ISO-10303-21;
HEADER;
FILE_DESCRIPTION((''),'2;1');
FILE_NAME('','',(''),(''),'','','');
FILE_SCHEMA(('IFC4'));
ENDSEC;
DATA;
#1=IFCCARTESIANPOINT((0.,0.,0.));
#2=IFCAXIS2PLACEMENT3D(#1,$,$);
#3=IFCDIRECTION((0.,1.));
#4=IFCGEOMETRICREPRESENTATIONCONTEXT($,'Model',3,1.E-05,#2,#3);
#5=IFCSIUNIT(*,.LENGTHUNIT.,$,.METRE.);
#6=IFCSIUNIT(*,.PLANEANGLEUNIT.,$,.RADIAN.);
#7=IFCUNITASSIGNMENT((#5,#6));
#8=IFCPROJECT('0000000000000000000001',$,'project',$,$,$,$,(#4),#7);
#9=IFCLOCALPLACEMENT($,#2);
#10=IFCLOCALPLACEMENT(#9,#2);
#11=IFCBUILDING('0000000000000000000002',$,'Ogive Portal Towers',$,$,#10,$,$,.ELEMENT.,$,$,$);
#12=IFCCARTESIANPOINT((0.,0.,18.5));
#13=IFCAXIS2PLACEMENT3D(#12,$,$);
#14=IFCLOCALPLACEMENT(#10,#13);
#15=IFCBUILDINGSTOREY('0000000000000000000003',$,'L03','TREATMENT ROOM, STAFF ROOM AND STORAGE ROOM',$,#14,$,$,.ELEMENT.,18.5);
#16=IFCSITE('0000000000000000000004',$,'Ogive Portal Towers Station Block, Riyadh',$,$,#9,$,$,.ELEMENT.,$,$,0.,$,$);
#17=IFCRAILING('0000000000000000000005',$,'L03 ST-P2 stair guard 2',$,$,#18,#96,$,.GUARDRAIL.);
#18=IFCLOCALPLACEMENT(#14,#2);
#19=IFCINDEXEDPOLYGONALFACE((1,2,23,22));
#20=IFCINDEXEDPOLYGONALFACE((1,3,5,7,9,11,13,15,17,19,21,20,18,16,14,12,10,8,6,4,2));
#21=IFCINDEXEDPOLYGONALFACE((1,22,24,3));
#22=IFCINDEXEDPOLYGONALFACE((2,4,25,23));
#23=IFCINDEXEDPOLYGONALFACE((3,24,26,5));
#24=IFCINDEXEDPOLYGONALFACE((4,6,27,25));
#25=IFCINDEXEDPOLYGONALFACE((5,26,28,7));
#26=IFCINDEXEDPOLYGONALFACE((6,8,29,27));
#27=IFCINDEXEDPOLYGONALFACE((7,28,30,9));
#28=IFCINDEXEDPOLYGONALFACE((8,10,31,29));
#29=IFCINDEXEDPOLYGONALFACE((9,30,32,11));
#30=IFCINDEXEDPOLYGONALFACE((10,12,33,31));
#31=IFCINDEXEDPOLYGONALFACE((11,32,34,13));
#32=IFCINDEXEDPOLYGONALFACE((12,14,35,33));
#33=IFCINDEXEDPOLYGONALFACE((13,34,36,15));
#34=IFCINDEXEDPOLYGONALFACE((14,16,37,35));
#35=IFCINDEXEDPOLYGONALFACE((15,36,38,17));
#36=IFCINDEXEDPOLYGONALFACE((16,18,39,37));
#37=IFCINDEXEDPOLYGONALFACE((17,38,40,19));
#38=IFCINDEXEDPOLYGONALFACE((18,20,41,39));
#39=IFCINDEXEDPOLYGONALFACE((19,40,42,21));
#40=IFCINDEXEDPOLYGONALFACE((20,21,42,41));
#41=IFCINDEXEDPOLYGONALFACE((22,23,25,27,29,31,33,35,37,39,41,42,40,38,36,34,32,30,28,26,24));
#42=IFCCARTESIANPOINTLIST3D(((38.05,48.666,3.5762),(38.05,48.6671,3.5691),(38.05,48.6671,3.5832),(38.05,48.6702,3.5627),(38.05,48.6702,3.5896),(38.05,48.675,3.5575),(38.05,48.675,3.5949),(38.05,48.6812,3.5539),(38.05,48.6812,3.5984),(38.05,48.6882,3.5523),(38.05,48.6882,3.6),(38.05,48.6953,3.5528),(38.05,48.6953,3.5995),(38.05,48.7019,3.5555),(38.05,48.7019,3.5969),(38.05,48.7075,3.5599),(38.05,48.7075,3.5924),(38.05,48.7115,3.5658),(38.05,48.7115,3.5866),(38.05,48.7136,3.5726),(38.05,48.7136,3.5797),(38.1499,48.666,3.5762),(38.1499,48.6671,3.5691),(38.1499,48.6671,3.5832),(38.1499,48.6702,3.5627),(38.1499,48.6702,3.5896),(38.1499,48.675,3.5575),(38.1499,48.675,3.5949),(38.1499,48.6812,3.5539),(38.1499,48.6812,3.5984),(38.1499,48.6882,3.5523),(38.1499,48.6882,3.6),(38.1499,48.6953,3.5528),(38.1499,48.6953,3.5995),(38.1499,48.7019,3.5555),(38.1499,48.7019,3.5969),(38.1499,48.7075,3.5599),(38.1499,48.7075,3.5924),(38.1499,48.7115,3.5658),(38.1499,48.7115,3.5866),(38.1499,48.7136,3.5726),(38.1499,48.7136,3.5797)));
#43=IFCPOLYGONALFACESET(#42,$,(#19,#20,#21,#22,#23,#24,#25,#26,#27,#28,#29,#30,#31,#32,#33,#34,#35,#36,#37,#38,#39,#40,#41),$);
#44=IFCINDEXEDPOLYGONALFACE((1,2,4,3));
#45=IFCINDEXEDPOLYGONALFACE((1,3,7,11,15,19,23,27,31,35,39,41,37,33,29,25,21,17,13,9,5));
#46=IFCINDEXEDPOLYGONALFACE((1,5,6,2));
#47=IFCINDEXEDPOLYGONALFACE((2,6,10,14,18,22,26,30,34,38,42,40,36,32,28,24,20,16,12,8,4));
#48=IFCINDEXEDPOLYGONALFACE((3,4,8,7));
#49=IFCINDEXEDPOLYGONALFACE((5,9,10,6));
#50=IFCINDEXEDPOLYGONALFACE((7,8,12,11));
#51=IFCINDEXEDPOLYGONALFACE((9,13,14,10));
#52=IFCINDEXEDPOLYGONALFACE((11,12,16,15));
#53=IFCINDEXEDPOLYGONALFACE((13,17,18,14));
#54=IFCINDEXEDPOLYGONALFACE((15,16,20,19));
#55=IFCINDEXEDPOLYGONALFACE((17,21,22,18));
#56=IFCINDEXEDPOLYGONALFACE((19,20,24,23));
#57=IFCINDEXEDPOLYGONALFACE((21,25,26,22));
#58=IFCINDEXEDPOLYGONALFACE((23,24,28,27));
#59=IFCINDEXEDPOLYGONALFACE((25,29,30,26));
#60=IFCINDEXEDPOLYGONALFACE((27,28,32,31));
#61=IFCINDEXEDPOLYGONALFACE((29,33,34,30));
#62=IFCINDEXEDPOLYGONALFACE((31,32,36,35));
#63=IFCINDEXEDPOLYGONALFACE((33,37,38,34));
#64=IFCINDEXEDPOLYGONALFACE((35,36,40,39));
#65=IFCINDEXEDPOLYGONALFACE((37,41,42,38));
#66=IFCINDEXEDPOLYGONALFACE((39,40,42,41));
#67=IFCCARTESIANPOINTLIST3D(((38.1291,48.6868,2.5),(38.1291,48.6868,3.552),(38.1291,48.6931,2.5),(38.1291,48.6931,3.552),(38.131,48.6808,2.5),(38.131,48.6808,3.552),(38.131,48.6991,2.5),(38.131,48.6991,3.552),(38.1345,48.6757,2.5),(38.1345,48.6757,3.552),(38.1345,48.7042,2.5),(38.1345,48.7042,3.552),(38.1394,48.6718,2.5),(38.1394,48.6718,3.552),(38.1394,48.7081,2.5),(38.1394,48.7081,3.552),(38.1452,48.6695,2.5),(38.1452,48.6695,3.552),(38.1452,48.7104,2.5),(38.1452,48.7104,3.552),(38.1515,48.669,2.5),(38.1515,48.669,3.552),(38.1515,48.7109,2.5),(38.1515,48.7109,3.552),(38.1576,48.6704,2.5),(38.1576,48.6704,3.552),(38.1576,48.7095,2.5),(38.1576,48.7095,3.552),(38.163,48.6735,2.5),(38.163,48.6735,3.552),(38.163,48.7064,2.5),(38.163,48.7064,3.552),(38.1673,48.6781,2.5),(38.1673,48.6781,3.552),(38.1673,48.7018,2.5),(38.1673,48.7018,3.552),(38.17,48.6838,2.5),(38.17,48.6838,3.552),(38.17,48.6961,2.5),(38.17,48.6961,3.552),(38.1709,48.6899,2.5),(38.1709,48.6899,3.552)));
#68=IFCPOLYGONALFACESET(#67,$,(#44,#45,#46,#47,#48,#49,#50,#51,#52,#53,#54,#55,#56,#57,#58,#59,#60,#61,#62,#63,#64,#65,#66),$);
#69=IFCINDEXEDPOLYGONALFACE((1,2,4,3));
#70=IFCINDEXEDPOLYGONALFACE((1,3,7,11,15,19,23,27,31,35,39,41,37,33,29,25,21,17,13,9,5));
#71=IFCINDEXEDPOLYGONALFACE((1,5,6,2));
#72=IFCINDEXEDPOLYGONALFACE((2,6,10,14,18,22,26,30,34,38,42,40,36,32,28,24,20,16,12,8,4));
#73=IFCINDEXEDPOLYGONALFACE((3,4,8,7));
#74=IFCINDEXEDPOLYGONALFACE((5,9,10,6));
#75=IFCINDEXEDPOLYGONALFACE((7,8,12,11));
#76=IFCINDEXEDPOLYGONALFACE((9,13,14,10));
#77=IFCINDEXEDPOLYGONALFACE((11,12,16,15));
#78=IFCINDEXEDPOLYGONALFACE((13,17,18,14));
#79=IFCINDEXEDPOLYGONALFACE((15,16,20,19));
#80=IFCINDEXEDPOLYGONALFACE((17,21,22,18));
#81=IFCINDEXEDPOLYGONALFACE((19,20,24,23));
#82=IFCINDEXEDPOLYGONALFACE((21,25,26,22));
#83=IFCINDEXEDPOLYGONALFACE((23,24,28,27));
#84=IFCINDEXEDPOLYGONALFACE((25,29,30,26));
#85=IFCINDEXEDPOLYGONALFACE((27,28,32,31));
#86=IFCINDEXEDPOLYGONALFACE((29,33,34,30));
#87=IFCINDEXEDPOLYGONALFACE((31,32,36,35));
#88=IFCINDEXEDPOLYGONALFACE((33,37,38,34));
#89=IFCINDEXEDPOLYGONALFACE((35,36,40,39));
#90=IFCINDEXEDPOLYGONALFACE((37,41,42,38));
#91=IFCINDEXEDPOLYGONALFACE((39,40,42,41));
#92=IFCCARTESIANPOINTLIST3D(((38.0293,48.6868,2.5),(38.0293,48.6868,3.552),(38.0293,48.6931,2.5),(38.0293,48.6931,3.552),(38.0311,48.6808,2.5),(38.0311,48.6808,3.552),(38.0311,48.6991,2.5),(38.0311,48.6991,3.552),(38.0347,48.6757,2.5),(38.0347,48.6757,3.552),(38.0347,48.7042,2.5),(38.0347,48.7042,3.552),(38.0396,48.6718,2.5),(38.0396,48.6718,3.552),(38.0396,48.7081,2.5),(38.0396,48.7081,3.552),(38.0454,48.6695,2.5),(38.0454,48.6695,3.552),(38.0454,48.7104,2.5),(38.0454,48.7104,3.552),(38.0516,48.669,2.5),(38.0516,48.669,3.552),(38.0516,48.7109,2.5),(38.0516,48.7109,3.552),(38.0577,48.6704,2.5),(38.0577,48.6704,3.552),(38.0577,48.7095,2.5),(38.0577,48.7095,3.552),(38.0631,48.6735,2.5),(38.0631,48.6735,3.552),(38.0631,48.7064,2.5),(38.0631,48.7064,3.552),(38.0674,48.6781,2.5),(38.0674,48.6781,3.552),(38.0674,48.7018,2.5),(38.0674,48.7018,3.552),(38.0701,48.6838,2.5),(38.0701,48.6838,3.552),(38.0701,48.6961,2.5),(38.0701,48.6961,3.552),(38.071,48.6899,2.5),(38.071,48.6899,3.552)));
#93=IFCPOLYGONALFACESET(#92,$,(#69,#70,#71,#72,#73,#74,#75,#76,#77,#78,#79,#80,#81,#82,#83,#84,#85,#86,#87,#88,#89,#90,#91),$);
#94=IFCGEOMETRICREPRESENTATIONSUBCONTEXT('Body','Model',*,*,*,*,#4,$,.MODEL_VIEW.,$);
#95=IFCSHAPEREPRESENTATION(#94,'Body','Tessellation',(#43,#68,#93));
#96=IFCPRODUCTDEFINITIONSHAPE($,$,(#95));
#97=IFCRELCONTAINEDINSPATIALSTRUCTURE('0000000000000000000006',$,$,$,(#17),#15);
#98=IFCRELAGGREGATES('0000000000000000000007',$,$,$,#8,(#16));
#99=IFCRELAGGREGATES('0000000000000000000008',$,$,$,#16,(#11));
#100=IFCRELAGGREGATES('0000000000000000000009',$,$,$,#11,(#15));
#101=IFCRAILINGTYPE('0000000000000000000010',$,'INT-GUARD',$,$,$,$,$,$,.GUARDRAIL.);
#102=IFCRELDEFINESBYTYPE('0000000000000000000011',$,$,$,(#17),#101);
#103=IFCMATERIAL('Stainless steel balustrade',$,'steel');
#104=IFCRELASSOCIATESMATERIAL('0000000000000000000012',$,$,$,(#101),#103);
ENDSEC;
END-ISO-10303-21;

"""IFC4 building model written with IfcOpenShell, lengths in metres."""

from ifc_helpers import new_model, si_unit, direction, frame, origin, origin_2d, place, context, subcontext, project, spatial, circle, extrude, material, type_object, element, save


model = new_model("IFC4")

# Units and contexts
model_context = context("Model", 3, precision=1e-05, world=origin(), true_north=direction((0.0, 1.0)))
body_context = subcontext(model_context, "Body", "Model", "MODEL_VIEW")
ifc_project = project(units=[si_unit("LENGTHUNIT", "METRE"), si_unit("PLANEANGLEUNIT", "RADIAN")], contexts=[model_context])

# Site, building, storey
site_placement = place(None, origin())
site = spatial("IfcSite", under=ifc_project, at=site_placement, Name="Ogive Portal Towers Station Block, Riyadh", CompositionType="ELEMENT", RefElevation=0.0)
building_placement = place(site_placement, origin())
building = spatial("IfcBuilding", under=site, at=building_placement, Name="Ogive Portal Towers", CompositionType="ELEMENT")
storey_placement = place(building_placement, frame((0.0, 0.0, 18.5)))
storey = spatial("IfcBuildingStorey", under=building, at=storey_placement, Name="L03", Description="TREATMENT ROOM, STAFF ROOM AND STORAGE ROOM", CompositionType="ELEMENT", Elevation=18.5)

# Railing
ifc_material_1 = material(Name="Stainless steel balustrade", Category="steel")
railing_type_1 = type_object("IfcRailingType", Name="INT-GUARD", PredefinedType="GUARDRAIL", material=ifc_material_1)
railing_1_placement = place(storey_placement, frame((38.1499, 48.6899, 2.5)))
element("IfcRailing", 1, at=railing_1_placement, inside=storey, type_object=railing_type_1, Name="L03 ST-P2 stair guard 2", PredefinedType="GUARDRAIL", context=body_context, shape_type="SweptSolid", body=[
    extrude(circle(Radius=0.0239, at=origin_2d()), frame((0.0, 0.0, 1.0762), z_axis=(-1.0, 0.0, 0.0), x_axis=(0.0, -1.0, 0.0)), (0.0, 0.0, 1.0), 0.0999),
    extrude(circle(Radius=0.021, at=origin_2d()), origin(), (0.0, 0.0, 1.0), 1.052),
    extrude(circle(Radius=0.021, at=origin_2d()), frame((-0.0999, 0.0, 0.0)), (0.0, 0.0, 1.0), 1.052),
])

save(model, "model.ifc")
